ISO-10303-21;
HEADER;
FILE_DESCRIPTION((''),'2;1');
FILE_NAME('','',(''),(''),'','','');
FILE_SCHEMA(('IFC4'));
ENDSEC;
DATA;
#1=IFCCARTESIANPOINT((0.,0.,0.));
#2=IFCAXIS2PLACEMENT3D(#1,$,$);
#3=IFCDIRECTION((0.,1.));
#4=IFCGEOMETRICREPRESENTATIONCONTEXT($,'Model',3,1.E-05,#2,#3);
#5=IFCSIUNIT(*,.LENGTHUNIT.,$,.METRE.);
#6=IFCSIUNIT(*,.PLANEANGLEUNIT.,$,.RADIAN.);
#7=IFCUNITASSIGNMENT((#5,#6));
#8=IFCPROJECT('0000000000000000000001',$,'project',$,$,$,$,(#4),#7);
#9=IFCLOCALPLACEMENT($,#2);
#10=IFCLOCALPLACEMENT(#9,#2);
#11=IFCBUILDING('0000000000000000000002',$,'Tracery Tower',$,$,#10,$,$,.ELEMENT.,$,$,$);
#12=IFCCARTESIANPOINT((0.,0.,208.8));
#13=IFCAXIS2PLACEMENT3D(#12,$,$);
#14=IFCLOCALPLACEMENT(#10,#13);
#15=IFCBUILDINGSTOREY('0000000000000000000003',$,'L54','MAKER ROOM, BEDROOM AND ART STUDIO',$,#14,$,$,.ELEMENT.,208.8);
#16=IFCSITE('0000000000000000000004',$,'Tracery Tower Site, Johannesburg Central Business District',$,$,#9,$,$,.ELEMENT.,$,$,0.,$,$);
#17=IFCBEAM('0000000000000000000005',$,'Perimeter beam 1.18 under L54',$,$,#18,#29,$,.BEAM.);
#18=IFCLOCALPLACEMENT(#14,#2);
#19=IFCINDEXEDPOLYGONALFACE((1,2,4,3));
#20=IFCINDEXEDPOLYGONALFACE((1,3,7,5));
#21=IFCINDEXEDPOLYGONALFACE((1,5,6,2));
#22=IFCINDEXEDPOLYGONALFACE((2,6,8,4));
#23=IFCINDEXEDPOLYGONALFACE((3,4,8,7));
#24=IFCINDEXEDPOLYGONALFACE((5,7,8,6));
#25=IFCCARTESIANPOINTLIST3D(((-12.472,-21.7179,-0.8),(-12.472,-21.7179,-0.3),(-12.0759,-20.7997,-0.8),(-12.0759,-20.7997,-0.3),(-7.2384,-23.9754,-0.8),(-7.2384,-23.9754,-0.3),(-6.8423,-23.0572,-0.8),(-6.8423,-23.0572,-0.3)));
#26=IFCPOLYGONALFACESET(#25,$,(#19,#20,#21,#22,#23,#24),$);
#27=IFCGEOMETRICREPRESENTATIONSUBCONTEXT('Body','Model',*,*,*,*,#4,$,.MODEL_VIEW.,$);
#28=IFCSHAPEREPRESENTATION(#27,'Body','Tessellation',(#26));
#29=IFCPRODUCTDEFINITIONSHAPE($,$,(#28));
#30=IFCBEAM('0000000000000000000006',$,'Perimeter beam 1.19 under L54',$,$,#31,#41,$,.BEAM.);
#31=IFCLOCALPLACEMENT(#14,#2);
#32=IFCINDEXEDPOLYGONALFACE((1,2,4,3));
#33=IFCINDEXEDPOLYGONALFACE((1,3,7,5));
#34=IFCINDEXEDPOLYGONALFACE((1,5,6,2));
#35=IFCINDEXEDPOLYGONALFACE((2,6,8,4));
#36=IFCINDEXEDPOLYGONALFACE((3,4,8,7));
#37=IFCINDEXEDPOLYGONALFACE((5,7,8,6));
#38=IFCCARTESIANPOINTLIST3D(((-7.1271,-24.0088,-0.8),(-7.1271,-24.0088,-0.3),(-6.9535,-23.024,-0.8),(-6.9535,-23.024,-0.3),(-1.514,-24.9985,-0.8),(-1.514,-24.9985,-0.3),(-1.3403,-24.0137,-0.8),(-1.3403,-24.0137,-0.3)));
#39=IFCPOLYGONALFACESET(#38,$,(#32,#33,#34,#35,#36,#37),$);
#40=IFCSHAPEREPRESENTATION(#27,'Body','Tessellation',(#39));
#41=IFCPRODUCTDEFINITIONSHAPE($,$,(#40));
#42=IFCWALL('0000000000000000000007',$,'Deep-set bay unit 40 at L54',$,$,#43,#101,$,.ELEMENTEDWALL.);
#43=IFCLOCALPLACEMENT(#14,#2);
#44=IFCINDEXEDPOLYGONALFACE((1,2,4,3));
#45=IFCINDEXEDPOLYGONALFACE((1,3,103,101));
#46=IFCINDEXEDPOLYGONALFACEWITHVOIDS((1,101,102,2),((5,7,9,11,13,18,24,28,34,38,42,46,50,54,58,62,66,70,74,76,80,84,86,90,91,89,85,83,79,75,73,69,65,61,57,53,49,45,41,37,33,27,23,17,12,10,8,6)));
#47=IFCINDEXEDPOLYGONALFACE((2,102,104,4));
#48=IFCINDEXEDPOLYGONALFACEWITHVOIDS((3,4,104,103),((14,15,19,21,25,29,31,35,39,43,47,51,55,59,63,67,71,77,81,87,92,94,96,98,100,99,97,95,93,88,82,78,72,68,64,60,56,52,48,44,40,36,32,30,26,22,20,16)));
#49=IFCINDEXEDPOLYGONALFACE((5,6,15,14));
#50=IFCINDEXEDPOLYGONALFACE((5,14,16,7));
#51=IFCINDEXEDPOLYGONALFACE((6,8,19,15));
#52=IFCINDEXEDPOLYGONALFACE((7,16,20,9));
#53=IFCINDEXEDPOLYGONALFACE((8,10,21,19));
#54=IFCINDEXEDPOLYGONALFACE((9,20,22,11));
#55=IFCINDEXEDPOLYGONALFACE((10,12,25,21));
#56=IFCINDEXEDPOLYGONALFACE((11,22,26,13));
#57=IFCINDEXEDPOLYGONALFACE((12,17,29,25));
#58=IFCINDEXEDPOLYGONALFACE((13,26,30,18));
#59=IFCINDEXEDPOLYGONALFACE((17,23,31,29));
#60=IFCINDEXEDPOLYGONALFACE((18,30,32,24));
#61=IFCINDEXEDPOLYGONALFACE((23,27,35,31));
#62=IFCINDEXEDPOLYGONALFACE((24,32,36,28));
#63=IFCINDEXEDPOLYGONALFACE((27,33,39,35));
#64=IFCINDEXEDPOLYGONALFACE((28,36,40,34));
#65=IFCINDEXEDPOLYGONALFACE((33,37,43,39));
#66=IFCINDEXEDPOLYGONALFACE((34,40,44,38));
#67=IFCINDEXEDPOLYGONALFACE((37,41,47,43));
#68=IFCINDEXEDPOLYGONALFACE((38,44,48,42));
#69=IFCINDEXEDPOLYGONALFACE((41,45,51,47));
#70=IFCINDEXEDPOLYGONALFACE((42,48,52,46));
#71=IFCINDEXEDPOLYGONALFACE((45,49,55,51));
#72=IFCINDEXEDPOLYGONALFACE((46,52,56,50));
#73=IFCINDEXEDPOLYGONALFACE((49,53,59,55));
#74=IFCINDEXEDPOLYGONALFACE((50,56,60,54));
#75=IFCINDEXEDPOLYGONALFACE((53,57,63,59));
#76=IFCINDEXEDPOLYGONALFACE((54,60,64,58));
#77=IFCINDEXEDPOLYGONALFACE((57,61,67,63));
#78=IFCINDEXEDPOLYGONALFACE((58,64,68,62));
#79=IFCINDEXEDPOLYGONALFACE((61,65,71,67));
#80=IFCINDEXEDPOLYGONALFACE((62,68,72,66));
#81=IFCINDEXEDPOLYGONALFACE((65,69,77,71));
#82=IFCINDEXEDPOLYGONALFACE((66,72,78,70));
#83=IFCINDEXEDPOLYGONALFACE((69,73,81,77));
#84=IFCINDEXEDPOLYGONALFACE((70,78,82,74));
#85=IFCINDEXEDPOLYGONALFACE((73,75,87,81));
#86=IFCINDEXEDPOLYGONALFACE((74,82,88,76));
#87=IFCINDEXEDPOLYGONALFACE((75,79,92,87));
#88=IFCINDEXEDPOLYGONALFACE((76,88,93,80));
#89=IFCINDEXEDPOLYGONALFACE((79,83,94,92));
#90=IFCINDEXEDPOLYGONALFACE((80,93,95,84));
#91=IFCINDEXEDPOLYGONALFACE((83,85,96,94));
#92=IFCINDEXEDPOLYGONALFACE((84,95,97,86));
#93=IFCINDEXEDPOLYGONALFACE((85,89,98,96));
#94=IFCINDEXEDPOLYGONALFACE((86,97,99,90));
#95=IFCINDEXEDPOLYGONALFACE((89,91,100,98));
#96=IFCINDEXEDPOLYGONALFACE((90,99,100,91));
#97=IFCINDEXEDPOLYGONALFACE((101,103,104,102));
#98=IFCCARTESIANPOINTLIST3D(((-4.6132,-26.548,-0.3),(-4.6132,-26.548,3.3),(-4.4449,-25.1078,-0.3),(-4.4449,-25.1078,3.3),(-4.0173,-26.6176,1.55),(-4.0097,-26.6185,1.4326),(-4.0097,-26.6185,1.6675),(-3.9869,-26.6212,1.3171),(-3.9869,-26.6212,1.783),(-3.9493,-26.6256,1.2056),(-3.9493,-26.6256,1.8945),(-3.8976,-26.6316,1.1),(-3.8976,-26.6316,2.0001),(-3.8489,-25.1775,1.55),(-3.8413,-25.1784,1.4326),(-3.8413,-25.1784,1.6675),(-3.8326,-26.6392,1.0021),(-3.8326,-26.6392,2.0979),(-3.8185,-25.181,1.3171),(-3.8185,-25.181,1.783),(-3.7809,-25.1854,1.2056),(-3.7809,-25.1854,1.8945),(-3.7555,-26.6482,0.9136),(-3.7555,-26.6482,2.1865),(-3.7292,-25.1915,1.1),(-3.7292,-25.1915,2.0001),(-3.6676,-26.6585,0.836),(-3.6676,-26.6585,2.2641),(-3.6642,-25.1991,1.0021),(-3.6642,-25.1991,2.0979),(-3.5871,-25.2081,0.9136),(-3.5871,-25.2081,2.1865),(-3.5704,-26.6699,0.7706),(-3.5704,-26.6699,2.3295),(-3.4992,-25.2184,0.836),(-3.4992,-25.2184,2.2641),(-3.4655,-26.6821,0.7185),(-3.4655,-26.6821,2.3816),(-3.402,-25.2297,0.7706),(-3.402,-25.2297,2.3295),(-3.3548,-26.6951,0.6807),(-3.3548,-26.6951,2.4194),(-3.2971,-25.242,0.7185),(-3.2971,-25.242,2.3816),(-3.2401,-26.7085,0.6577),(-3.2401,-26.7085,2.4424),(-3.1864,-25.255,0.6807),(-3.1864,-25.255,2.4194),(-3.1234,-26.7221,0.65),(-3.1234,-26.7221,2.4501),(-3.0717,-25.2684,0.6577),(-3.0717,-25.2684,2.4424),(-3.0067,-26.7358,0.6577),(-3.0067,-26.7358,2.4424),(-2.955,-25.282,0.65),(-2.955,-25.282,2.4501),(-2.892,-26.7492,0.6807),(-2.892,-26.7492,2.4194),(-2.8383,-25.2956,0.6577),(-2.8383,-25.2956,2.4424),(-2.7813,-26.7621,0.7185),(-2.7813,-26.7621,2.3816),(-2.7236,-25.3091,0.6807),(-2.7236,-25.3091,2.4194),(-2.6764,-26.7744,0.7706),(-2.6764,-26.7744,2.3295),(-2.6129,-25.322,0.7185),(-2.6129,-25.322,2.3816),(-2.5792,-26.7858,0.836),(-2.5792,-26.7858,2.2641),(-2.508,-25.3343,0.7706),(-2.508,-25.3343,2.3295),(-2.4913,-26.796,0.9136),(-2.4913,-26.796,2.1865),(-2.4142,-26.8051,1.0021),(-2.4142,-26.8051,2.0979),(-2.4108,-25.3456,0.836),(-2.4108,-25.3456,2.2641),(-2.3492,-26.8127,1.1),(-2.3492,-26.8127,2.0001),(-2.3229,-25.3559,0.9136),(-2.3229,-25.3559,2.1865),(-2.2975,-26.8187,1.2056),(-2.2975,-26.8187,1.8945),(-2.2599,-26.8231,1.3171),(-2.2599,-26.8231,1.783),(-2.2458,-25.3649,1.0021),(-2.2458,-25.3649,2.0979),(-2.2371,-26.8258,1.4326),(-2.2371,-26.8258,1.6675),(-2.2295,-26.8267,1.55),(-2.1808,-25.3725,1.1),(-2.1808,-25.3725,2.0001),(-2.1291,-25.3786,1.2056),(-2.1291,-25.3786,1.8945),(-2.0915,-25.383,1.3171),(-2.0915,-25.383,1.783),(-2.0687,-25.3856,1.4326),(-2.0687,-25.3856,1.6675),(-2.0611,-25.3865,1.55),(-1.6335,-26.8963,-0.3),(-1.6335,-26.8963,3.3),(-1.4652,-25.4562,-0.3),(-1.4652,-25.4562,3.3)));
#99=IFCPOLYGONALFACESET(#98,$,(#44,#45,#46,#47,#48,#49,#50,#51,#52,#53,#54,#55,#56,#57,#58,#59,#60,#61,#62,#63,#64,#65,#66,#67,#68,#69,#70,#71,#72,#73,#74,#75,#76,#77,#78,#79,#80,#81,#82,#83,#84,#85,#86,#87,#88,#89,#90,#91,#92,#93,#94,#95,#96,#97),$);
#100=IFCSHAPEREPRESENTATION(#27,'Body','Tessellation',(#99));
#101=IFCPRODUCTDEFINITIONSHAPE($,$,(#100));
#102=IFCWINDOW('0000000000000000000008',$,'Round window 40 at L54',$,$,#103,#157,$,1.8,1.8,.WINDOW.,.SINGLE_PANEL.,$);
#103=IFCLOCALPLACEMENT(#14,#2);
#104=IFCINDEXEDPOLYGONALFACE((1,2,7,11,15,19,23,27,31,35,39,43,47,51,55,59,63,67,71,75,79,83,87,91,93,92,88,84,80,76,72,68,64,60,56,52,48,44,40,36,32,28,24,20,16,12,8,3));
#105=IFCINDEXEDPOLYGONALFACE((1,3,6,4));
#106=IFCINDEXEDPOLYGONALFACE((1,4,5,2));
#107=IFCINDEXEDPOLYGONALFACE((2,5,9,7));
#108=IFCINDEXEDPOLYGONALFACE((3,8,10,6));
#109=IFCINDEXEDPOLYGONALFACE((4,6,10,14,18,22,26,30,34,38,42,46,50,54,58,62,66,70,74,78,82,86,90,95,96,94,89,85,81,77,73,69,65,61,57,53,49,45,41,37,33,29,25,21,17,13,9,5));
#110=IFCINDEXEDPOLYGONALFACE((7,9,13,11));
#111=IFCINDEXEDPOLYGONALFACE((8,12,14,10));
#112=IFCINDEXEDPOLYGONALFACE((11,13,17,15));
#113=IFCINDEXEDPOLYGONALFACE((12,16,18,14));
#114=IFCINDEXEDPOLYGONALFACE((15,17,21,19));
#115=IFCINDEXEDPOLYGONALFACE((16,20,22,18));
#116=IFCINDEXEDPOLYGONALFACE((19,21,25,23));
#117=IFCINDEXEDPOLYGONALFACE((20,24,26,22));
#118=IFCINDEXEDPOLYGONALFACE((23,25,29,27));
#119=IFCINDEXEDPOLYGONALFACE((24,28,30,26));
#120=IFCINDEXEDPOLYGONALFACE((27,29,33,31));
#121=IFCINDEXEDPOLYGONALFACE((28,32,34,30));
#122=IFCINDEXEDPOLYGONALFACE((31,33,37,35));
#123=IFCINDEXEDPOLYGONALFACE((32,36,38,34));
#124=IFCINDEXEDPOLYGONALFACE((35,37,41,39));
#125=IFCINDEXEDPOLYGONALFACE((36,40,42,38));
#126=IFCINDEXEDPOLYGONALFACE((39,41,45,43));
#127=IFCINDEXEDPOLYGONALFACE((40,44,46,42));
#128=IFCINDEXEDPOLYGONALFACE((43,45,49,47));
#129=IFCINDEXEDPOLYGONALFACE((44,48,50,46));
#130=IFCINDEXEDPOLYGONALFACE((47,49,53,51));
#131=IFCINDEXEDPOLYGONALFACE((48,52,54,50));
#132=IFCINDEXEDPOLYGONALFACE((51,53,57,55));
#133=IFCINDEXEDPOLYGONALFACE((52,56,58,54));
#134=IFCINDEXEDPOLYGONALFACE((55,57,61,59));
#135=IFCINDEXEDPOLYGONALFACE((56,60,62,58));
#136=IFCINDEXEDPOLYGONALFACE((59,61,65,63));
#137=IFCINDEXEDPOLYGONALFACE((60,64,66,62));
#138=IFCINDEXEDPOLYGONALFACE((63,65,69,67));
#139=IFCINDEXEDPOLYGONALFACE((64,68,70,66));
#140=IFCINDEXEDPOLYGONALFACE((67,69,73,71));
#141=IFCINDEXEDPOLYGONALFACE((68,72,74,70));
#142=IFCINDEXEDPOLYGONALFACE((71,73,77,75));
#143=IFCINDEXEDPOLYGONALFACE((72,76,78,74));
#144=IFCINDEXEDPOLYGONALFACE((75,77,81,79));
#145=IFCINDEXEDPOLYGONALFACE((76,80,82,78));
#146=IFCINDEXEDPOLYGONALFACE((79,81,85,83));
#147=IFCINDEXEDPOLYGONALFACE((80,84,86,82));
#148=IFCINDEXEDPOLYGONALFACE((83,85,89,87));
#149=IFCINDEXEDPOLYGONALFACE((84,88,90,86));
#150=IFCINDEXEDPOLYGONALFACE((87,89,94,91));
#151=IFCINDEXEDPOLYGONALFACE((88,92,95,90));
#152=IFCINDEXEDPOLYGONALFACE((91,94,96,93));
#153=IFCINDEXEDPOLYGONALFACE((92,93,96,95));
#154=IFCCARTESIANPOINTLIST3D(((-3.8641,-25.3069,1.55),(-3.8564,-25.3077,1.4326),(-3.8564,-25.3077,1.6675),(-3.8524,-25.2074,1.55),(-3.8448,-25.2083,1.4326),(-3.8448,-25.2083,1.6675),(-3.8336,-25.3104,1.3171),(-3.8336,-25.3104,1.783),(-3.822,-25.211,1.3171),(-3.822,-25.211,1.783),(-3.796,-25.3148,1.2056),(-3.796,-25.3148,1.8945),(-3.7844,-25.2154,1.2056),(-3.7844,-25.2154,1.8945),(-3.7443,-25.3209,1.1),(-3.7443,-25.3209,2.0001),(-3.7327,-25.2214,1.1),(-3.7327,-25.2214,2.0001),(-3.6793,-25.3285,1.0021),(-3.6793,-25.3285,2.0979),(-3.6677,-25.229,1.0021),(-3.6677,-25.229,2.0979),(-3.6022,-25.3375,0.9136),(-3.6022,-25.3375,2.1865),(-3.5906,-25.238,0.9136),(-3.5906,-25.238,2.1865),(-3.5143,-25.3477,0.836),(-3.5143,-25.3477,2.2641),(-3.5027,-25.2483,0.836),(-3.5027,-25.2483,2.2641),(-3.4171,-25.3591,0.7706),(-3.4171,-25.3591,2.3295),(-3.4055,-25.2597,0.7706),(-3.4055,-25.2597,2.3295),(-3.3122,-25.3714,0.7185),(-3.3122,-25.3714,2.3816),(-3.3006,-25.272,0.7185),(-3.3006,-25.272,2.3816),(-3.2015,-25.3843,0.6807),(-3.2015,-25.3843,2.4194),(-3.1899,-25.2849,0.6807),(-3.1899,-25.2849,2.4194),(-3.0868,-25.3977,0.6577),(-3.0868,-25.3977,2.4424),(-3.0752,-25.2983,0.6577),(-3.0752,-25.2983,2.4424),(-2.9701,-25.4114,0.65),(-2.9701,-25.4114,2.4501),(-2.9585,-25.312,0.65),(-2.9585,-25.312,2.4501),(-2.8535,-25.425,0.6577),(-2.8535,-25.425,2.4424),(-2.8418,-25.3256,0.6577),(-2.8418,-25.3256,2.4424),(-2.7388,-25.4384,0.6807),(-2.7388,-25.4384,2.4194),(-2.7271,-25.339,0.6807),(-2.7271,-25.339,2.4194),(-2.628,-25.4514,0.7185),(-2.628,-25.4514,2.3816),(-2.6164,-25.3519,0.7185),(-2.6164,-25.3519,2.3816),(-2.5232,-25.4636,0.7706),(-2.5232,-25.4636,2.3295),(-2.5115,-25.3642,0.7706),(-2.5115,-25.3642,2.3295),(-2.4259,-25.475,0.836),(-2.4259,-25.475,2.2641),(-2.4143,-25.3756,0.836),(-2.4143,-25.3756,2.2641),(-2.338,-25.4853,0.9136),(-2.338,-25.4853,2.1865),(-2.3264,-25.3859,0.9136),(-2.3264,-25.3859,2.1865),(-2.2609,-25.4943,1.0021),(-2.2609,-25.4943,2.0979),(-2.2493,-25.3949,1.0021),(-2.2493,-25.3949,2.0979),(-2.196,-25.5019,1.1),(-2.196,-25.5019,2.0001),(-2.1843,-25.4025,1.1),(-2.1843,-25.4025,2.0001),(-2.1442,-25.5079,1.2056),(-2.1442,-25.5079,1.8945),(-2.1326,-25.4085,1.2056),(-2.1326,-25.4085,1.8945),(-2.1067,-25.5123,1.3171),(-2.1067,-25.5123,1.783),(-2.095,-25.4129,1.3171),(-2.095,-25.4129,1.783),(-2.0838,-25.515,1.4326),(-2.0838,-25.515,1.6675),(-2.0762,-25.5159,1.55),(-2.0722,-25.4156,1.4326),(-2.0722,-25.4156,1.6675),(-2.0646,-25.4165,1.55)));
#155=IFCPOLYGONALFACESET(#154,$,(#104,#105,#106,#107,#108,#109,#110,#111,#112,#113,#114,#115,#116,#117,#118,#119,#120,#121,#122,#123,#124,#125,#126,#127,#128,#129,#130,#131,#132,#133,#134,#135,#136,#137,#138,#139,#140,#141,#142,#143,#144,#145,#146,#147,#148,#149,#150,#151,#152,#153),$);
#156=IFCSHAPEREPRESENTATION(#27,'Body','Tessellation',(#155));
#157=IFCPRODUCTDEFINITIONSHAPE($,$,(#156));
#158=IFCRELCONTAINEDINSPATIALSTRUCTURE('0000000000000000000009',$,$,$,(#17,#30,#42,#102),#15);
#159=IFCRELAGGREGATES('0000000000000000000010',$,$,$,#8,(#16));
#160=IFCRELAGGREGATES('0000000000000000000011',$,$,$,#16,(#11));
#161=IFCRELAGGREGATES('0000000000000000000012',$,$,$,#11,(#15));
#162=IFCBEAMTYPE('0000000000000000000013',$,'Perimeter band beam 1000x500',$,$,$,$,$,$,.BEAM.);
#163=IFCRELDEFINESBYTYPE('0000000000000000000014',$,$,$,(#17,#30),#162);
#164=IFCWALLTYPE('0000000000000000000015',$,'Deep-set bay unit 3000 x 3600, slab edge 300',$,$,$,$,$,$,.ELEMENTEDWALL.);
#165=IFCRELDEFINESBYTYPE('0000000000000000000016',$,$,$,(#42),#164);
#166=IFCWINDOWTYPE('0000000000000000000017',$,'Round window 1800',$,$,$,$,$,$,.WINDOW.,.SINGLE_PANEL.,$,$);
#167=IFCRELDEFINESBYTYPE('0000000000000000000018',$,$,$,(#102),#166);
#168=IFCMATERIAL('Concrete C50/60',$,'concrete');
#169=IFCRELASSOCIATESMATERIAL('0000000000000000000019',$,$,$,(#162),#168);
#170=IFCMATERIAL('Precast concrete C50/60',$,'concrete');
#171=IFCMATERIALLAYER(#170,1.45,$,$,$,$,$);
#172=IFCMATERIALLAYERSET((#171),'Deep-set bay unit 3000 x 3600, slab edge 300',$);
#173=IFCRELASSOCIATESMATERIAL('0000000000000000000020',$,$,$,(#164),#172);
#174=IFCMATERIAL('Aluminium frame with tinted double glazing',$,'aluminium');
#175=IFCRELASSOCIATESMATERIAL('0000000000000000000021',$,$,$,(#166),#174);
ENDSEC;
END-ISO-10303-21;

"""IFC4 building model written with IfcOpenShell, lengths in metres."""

from ifc_helpers import new_model, si_unit, direction, frame, frame_2d, origin, origin_2d, place, context, subcontext, project, spatial, rectangle, circle, extrude, material, layer, layer_set, material_profile, profile_set, type_object, element, fill, save


model = new_model("IFC4")

# Units and contexts
model_context = context("Model", 3, precision=1e-05, world=origin(), true_north=direction((0.0, 1.0)))
body_context = subcontext(model_context, "Body", "Model", "MODEL_VIEW")
ifc_project = project(units=[si_unit("LENGTHUNIT", "METRE"), si_unit("PLANEANGLEUNIT", "RADIAN")], contexts=[model_context])

# Site, building, storey
site_placement = place(None, origin())
site = spatial("IfcSite", under=ifc_project, at=site_placement, Name="Tracery Tower Site, Johannesburg Central Business District", CompositionType="ELEMENT", RefElevation=0.0)
building_placement = place(site_placement, origin())
building = spatial("IfcBuilding", under=site, at=building_placement, Name="Tracery Tower", CompositionType="ELEMENT")
storey_placement = place(building_placement, frame((0.0, 0.0, 208.8)))
storey = spatial("IfcBuildingStorey", under=building, at=storey_placement, Name="L54", Description="MAKER ROOM, BEDROOM AND ART STUDIO", CompositionType="ELEMENT", Elevation=208.8)

# Beams
ifc_material_1 = material(Name="Concrete C50/60", Category="concrete")
ifc_material_profile_1 = material_profile(ifc_material_1, rectangle(XDim=1.0, YDim=0.5, at=origin_2d()), Name="RC 1000x500")
ifc_profile_set_1 = profile_set([ifc_material_profile_1], Name="Concrete C50/60")
beam_type = type_object("IfcBeamType", Name="Perimeter band beam 1000x500", PredefinedType="BEAM", material=ifc_profile_set_1)
for number, where, z_axis, x_axis, name in (
    (1, (-12.2739, -21.2588, -0.55), (0.918216, -0.396079, 0.0), (0.396079, 0.918216, 0.0), "Perimeter beam 1.18 under L54"),
    (2, (-7.0403, -23.5164, -0.55), (0.984807, -0.173651, 0.0), (0.173651, 0.984807, 0.0), "Perimeter beam 1.19 under L54"),
):
    element("IfcBeam", number, at=place(storey_placement, frame(where, z_axis=z_axis, x_axis=x_axis)), inside=storey, type_object=beam_type, Name=name, PredefinedType="BEAM", context=body_context, shape_type="SweptSolid", body=[
        extrude(rectangle(XDim=1.0, YDim=0.5, at=origin_2d()), origin(), (0.0, 0.0, 1.0), 5.6997),
    ])

# Wall, opening, window
ifc_material_2 = material(Name="Precast concrete C50/60", Category="concrete")
ifc_layer_1 = layer(ifc_material_2, 1.45)
ifc_layer_set_1 = layer_set([ifc_layer_1], Name="Deep-set bay unit 3000 x 3600, slab edge 300")
wall_type_1 = type_object("IfcWallType", Name="Deep-set bay unit 3000 x 3600, slab edge 300", PredefinedType="ELEMENTEDWALL", material=ifc_layer_set_1)
wall_1_placement = place(storey_placement, frame((-4.5291, -25.8279, -0.3), z_axis=(0.0, 0.0, 1.0), x_axis=(0.993234, -0.116128, 0.0)))
wall_1 = element("IfcWall", 3, at=wall_1_placement, inside=storey, type_object=wall_type_1, Name="Deep-set bay unit 40 at L54", PredefinedType="ELEMENTEDWALL", context=body_context, shape_type="SweptSolid", body=[
    extrude(rectangle(XDim=3.0, YDim=1.45, at=frame_2d((1.5, 0.0))), origin(), (0.0, 0.0, 1.0), 3.6001),
])
opening_1_placement = place(wall_1_placement, frame((1.5, 0.0, 1.8501)))
opening_1 = element("IfcOpeningElement", 4, at=opening_1_placement, cuts=wall_1, PredefinedType="OPENING", context=body_context, shape_type="SweptSolid", body=[
    extrude(circle(Radius=0.9, at=origin_2d()), frame((0.0, 0.7349, 0.0), z_axis=(0.0, -1.0, 0.0), x_axis=(1.0, 0.0, 0.0)), (0.0, 0.0, 1.0), 1.47),
])
ifc_material_3 = material(Name="Aluminium frame with tinted double glazing", Category="aluminium")
window_type = type_object("IfcWindowType", Name="Round window 1800", PartitioningType="SINGLE_PANEL", PredefinedType="WINDOW", material=ifc_material_3)
window_1_placement = place(opening_1_placement, origin())
window_1 = element("IfcWindow", 5, at=window_1_placement, inside=storey, type_object=window_type, Name="Round window 40 at L54", OverallHeight=1.8, OverallWidth=1.8, PartitioningType="SINGLE_PANEL", PredefinedType="WINDOW", context=body_context, shape_type="SweptSolid", body=[
    extrude(circle(Radius=0.9, at=origin_2d()), frame((0.0, 0.6948, 0.0), z_axis=(0.0, -1.0, 0.0), x_axis=(1.0, 0.0, 0.0)), (0.0, 0.0, 1.0), 0.1001),
])
fill(opening_1, window_1)

save(model, "model.ifc")
